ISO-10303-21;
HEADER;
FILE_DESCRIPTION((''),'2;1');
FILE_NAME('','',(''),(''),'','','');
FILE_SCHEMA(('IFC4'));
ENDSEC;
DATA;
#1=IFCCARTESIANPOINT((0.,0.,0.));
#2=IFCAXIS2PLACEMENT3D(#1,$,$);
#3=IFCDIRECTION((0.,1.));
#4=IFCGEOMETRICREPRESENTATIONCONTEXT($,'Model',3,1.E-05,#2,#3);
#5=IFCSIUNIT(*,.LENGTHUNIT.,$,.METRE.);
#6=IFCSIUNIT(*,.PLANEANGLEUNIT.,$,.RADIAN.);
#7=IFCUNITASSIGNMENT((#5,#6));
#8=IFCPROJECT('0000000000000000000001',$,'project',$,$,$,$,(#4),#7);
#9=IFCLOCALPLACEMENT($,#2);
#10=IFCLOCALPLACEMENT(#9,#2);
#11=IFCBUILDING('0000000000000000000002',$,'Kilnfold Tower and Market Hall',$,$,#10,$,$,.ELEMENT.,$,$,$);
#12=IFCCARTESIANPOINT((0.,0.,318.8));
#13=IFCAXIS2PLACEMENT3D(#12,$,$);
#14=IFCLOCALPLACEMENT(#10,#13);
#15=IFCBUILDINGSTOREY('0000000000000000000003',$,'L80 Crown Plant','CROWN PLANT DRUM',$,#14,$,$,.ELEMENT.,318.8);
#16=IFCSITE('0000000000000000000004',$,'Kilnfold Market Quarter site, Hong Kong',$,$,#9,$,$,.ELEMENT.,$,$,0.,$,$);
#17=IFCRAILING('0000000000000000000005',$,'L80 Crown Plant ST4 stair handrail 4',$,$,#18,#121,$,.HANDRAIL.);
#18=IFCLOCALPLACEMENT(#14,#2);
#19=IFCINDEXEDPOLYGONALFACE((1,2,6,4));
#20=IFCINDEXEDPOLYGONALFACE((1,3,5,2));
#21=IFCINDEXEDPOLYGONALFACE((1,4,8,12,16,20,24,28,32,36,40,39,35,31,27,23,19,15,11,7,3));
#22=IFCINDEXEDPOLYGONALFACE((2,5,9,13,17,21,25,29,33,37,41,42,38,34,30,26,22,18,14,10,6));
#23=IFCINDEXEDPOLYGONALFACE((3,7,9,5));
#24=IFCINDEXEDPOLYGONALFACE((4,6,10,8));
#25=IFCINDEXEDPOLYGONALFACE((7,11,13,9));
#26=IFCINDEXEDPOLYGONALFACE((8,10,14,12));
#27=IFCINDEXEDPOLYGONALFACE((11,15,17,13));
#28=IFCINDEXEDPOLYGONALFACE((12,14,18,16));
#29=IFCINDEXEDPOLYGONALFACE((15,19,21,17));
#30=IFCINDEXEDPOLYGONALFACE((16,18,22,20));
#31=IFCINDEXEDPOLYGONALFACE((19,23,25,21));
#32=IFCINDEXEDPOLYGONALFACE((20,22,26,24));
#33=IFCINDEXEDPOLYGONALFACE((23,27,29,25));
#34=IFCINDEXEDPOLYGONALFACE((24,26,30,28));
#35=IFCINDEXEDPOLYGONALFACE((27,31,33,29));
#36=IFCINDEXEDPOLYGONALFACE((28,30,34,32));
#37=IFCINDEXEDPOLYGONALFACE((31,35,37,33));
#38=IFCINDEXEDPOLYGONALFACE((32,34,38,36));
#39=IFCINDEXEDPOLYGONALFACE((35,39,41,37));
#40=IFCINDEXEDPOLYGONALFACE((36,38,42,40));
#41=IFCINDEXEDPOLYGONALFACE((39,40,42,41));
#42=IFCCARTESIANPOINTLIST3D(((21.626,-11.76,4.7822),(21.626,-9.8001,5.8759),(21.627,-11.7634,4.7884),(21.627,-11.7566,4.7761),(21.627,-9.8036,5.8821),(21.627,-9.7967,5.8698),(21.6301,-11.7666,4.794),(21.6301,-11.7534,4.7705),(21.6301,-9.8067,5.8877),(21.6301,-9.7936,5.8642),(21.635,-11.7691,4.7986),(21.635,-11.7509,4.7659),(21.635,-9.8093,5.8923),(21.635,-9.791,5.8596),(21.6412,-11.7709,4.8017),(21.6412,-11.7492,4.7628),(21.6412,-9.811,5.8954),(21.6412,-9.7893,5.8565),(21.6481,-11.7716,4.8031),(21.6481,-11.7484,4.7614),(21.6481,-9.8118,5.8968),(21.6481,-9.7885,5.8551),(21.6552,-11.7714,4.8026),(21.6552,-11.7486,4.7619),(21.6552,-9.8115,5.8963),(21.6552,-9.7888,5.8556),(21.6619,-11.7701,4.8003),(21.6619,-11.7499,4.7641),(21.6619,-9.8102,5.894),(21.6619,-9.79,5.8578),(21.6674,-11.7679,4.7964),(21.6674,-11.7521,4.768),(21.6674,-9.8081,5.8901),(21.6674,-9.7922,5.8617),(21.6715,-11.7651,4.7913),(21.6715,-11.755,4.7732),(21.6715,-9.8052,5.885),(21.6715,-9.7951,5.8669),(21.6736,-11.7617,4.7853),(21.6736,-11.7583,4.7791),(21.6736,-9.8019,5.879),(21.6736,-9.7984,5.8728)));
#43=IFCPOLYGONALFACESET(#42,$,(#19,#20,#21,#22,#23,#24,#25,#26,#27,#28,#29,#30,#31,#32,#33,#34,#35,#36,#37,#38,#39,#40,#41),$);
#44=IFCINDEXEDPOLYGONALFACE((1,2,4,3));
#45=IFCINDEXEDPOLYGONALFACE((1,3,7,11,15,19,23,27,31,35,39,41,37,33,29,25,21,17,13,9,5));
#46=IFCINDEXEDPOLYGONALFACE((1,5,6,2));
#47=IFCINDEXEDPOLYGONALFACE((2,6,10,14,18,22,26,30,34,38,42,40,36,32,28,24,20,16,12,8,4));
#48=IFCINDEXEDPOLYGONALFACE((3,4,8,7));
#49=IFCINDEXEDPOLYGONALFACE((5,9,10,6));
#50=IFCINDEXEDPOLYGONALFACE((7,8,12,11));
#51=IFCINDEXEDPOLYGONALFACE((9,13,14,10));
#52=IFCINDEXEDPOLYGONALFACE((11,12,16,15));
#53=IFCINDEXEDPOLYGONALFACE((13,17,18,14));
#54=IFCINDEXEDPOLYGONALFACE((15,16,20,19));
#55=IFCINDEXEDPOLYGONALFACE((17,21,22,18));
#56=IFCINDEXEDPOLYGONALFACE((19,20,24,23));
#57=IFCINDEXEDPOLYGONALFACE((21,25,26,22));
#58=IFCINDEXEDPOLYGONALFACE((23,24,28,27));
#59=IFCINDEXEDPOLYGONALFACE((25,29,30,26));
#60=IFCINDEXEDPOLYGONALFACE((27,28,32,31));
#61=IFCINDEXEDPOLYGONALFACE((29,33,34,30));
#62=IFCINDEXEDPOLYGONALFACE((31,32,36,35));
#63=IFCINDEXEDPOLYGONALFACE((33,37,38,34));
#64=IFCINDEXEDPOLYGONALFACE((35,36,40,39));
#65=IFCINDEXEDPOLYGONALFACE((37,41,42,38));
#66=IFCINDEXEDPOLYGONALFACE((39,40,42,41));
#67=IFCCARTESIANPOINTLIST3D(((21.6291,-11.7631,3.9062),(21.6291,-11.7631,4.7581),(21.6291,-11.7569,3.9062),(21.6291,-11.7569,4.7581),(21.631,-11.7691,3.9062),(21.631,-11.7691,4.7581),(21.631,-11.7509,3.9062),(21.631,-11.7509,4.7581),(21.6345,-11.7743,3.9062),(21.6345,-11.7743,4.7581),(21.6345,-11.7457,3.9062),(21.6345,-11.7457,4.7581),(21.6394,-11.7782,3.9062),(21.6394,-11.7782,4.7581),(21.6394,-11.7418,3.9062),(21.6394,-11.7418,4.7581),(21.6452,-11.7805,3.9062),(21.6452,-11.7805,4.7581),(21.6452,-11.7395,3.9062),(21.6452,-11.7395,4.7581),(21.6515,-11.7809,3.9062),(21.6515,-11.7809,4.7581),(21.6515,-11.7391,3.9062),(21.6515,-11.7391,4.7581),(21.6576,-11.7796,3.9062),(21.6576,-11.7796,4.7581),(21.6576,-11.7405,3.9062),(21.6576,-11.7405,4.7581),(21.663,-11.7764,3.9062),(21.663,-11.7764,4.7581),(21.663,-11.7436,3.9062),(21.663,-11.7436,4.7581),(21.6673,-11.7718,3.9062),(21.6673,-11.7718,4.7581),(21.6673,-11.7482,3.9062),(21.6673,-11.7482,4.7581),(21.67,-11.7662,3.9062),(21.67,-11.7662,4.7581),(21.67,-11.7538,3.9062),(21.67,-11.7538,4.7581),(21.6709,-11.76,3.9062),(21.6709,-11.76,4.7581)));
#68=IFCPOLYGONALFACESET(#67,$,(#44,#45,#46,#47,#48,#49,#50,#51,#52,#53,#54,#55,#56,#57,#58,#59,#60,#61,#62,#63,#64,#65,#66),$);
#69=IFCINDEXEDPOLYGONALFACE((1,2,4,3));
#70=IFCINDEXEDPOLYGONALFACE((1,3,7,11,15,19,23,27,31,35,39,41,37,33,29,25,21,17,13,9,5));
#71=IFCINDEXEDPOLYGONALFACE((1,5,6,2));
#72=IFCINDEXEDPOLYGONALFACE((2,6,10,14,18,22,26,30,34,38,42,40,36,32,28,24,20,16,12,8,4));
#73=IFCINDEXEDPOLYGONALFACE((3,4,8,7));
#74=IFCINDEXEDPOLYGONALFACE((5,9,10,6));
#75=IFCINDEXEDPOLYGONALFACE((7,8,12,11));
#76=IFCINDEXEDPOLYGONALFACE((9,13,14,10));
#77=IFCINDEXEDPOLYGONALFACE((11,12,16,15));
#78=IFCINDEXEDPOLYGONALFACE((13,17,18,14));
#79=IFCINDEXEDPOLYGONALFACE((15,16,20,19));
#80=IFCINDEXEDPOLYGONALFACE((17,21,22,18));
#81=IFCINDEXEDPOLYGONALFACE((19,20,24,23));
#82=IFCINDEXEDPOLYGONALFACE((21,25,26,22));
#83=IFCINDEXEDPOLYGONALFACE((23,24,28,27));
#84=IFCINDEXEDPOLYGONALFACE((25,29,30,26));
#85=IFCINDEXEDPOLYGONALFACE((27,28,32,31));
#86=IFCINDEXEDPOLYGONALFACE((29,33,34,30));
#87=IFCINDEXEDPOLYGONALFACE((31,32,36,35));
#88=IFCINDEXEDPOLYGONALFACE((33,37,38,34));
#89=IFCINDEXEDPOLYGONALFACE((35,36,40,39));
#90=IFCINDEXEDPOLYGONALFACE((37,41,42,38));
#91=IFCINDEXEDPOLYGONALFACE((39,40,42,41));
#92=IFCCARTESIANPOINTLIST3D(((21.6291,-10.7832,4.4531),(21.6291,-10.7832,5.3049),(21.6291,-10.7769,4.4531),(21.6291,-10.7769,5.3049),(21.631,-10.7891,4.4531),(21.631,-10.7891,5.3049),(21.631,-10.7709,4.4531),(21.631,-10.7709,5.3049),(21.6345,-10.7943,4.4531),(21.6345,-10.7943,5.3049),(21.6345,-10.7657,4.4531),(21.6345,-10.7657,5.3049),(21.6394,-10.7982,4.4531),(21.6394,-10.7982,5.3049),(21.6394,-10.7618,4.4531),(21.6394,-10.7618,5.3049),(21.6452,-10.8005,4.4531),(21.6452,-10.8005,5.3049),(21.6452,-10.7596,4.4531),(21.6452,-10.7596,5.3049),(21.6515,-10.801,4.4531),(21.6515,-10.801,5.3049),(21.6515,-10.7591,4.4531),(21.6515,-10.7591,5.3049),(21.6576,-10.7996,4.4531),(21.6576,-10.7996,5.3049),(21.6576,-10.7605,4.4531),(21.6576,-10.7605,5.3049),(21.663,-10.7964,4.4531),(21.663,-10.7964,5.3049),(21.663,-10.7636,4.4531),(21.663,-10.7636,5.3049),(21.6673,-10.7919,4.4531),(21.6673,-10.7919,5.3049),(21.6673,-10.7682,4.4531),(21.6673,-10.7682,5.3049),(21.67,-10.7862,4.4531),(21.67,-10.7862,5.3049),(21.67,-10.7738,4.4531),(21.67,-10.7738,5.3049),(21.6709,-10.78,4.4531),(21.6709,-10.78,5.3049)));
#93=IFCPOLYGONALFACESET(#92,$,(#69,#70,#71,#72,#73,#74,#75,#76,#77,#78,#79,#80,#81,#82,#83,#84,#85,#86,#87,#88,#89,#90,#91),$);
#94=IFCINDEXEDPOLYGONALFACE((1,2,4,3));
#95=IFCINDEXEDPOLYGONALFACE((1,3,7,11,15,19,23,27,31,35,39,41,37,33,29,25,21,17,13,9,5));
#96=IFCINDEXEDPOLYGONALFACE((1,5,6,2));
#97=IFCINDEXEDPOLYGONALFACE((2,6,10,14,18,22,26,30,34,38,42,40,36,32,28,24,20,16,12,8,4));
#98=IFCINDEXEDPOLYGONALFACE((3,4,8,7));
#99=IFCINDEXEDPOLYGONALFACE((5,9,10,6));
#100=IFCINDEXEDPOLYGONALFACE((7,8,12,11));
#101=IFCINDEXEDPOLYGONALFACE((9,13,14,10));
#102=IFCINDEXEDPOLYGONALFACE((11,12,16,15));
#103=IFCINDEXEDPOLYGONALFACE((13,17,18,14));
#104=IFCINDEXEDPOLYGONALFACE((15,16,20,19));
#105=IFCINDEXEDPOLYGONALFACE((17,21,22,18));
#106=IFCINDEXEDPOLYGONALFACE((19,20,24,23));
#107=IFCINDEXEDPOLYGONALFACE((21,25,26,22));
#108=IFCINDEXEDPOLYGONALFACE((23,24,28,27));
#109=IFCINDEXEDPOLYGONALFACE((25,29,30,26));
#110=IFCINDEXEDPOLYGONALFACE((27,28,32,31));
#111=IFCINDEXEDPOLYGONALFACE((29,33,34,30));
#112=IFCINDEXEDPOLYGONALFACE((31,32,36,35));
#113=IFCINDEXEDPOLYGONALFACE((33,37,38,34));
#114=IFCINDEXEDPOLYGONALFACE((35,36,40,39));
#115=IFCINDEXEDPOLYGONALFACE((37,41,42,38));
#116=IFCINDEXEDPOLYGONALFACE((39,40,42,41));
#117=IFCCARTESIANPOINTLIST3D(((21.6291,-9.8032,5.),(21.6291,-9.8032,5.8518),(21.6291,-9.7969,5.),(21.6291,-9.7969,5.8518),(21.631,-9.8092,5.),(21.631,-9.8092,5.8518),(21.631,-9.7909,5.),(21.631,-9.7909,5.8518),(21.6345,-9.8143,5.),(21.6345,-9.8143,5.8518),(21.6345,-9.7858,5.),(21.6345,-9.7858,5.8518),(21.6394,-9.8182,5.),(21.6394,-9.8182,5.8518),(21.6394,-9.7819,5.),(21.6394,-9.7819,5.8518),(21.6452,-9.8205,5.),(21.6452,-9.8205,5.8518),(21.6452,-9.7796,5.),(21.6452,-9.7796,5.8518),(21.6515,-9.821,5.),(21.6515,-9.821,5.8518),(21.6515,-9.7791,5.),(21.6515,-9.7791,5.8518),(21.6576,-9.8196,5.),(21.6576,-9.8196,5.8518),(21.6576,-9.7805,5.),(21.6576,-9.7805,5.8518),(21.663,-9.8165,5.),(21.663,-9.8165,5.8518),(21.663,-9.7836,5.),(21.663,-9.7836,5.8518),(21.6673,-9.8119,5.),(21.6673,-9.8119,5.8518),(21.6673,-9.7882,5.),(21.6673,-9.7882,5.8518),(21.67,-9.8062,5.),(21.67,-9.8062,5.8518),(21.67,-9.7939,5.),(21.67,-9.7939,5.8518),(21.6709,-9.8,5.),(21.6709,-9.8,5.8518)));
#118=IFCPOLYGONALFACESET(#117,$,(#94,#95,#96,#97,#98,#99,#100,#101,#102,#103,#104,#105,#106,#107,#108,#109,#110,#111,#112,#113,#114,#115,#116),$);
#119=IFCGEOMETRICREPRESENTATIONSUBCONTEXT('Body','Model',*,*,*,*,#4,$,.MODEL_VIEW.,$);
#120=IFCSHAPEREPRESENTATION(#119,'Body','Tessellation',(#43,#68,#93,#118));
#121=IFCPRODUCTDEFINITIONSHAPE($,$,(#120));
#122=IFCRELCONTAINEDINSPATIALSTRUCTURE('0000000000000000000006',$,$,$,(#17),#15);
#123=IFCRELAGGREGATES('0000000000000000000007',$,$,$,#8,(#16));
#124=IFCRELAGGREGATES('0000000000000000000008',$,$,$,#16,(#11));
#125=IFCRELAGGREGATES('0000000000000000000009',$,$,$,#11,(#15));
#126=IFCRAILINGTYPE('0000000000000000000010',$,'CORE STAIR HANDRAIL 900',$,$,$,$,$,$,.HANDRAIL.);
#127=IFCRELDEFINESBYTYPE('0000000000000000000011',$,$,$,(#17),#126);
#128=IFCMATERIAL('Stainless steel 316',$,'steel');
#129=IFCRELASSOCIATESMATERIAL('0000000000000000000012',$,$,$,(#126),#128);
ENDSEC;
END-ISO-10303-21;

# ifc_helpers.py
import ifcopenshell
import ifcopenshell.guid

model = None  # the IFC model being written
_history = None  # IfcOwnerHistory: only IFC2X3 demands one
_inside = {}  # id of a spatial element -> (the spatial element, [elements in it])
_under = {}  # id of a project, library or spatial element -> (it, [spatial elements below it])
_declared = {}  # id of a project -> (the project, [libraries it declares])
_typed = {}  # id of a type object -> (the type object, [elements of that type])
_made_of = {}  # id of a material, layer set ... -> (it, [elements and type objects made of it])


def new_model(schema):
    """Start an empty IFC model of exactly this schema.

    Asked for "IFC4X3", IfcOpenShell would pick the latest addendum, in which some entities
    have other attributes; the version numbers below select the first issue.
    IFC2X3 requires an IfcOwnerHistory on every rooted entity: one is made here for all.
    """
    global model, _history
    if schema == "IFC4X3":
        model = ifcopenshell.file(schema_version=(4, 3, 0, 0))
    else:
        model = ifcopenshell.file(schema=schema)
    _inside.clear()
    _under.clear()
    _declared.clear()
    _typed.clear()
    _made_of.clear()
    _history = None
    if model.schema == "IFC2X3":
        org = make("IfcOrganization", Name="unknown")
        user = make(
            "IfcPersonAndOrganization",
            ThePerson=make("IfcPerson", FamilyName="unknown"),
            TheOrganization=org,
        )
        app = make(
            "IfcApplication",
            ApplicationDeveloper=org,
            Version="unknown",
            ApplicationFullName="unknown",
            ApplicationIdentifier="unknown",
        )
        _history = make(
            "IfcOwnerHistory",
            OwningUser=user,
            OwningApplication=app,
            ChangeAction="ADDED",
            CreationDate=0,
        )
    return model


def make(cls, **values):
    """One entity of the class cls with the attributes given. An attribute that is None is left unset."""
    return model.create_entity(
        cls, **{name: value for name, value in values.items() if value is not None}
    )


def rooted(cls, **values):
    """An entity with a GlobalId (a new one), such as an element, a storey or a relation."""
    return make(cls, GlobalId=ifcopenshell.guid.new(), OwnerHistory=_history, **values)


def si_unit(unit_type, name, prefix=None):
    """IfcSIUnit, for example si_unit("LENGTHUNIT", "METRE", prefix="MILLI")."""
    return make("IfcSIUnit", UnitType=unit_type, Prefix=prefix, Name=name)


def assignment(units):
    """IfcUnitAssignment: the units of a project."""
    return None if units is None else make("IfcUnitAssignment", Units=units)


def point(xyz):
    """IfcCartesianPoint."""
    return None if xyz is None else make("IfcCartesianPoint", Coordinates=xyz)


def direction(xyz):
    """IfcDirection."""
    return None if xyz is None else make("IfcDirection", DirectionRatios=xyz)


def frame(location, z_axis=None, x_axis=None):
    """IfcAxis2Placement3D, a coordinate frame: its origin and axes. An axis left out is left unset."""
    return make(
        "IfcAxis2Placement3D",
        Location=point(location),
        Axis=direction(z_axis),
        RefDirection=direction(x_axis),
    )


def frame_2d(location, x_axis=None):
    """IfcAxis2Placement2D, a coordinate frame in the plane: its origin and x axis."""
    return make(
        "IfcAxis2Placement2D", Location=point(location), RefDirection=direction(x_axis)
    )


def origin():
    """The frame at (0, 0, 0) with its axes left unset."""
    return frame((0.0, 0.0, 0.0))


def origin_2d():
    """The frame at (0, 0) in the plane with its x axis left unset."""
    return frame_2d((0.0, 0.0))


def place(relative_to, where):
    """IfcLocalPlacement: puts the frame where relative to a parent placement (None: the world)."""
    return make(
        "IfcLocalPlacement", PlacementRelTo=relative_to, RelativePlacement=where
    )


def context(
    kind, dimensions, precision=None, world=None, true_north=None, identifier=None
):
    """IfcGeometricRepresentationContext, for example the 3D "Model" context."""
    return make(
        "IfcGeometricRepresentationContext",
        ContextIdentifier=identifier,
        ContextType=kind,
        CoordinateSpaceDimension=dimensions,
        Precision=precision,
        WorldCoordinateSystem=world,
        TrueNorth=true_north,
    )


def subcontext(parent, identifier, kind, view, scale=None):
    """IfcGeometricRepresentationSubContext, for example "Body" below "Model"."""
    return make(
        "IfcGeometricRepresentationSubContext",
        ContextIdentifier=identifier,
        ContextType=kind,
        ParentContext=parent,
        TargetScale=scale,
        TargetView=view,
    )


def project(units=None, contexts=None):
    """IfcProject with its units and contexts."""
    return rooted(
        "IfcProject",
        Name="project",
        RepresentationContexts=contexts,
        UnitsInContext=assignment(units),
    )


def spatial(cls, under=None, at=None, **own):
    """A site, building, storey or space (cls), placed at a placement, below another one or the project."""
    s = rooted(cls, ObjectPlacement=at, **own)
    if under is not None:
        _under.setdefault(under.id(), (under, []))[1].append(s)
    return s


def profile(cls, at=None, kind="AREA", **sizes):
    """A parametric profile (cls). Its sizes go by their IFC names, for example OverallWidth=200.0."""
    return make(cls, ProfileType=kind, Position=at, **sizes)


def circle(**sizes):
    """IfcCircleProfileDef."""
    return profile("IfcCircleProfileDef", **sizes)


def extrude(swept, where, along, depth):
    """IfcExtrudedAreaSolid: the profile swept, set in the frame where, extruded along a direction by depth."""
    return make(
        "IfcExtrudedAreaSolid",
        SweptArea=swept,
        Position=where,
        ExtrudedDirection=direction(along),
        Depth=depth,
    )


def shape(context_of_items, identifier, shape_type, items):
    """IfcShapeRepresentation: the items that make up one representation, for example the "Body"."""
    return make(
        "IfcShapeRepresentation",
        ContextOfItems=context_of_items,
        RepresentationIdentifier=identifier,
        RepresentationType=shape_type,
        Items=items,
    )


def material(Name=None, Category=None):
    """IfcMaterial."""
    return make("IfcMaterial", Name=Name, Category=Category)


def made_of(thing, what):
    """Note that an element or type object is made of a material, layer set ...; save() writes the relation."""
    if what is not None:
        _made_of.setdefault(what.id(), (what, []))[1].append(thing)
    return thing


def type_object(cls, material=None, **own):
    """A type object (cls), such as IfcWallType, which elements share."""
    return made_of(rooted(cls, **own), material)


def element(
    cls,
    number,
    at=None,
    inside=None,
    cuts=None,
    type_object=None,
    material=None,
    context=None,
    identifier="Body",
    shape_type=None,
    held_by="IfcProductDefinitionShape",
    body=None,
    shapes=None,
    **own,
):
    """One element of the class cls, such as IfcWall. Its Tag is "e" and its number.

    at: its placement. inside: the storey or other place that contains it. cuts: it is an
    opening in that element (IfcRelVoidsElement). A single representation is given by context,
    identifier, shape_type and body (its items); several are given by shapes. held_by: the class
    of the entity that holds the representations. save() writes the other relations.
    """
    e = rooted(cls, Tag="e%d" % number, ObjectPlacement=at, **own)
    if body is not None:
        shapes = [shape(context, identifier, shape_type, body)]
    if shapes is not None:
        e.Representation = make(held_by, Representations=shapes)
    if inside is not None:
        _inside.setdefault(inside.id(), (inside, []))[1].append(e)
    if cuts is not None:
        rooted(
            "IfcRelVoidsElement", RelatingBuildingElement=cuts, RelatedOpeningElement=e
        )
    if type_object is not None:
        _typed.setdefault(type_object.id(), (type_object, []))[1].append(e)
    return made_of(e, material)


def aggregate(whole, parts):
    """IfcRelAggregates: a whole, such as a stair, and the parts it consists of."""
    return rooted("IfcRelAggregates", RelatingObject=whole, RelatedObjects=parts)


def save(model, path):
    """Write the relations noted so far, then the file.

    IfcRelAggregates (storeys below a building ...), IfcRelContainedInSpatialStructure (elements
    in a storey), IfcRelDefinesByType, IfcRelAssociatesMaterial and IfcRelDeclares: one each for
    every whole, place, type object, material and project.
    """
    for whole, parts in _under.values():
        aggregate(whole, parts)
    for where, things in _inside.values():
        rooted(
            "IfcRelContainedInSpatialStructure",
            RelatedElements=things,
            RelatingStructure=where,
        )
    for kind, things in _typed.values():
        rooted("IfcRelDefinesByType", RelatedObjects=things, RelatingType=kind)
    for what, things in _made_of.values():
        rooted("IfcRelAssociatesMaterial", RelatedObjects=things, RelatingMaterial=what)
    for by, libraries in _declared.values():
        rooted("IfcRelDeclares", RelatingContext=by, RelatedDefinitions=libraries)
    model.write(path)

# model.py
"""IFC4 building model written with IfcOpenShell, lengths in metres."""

from ifc_helpers import new_model, si_unit, direction, frame, origin, origin_2d, place, context, subcontext, project, spatial, circle, extrude, material, type_object, element, save


model = new_model("IFC4")

# Units and contexts
model_context = context("Model", 3, precision=1e-05, world=origin(), true_north=direction((0.0, 1.0)))
body_context = subcontext(model_context, "Body", "Model", "MODEL_VIEW")
ifc_project = project(units=[si_unit("LENGTHUNIT", "METRE"), si_unit("PLANEANGLEUNIT", "RADIAN")], contexts=[model_context])

# Site, building, storey
site_placement = place(None, origin())
site = spatial("IfcSite", under=ifc_project, at=site_placement, Name="Kilnfold Market Quarter site, Hong Kong", CompositionType="ELEMENT", RefElevation=0.0)
building_placement = place(site_placement, origin())
building = spatial("IfcBuilding", under=site, at=building_placement, Name="Kilnfold Tower and Market Hall", CompositionType="ELEMENT")
storey_placement = place(building_placement, frame((0.0, 0.0, 318.8)))
storey = spatial("IfcBuildingStorey", under=building, at=storey_placement, Name="L80 Crown Plant", Description="CROWN PLANT DRUM", CompositionType="ELEMENT", Elevation=318.8)

# Railing
ifc_material_1 = material(Name="Stainless steel 316", Category="steel")
railing_type_1 = type_object("IfcRailingType", Name="CORE STAIR HANDRAIL 900", PredefinedType="HANDRAIL", material=ifc_material_1)
railing_1_placement = place(storey_placement, frame((21.6499, -11.76, 3.9062)))
element("IfcRailing", 1, at=railing_1_placement, inside=storey, type_object=railing_type_1, Name="L80 Crown Plant ST4 stair handrail 4", PredefinedType="HANDRAIL", context=body_context, shape_type="SweptSolid", body=[
    extrude(circle(Radius=0.0239, at=origin_2d()), frame((0.0, 0.0, 0.876), z_axis=(0.0, 0.873232, 0.487304), x_axis=(-1.0, 0.0, 0.0)), (0.0, 0.0, 1.0), 2.2444),
    extrude(circle(Radius=0.021, at=origin_2d()), origin(), (0.0, 0.0, 1.0), 0.8518),
    extrude(circle(Radius=0.021, at=origin_2d()), frame((0.0, 0.98, 0.5469)), (0.0, 0.0, 1.0), 0.8518),
    extrude(circle(Radius=0.021, at=origin_2d()), frame((0.0, 1.96, 1.0938)), (0.0, 0.0, 1.0), 0.8518),
])

save(model, "model.ifc")
